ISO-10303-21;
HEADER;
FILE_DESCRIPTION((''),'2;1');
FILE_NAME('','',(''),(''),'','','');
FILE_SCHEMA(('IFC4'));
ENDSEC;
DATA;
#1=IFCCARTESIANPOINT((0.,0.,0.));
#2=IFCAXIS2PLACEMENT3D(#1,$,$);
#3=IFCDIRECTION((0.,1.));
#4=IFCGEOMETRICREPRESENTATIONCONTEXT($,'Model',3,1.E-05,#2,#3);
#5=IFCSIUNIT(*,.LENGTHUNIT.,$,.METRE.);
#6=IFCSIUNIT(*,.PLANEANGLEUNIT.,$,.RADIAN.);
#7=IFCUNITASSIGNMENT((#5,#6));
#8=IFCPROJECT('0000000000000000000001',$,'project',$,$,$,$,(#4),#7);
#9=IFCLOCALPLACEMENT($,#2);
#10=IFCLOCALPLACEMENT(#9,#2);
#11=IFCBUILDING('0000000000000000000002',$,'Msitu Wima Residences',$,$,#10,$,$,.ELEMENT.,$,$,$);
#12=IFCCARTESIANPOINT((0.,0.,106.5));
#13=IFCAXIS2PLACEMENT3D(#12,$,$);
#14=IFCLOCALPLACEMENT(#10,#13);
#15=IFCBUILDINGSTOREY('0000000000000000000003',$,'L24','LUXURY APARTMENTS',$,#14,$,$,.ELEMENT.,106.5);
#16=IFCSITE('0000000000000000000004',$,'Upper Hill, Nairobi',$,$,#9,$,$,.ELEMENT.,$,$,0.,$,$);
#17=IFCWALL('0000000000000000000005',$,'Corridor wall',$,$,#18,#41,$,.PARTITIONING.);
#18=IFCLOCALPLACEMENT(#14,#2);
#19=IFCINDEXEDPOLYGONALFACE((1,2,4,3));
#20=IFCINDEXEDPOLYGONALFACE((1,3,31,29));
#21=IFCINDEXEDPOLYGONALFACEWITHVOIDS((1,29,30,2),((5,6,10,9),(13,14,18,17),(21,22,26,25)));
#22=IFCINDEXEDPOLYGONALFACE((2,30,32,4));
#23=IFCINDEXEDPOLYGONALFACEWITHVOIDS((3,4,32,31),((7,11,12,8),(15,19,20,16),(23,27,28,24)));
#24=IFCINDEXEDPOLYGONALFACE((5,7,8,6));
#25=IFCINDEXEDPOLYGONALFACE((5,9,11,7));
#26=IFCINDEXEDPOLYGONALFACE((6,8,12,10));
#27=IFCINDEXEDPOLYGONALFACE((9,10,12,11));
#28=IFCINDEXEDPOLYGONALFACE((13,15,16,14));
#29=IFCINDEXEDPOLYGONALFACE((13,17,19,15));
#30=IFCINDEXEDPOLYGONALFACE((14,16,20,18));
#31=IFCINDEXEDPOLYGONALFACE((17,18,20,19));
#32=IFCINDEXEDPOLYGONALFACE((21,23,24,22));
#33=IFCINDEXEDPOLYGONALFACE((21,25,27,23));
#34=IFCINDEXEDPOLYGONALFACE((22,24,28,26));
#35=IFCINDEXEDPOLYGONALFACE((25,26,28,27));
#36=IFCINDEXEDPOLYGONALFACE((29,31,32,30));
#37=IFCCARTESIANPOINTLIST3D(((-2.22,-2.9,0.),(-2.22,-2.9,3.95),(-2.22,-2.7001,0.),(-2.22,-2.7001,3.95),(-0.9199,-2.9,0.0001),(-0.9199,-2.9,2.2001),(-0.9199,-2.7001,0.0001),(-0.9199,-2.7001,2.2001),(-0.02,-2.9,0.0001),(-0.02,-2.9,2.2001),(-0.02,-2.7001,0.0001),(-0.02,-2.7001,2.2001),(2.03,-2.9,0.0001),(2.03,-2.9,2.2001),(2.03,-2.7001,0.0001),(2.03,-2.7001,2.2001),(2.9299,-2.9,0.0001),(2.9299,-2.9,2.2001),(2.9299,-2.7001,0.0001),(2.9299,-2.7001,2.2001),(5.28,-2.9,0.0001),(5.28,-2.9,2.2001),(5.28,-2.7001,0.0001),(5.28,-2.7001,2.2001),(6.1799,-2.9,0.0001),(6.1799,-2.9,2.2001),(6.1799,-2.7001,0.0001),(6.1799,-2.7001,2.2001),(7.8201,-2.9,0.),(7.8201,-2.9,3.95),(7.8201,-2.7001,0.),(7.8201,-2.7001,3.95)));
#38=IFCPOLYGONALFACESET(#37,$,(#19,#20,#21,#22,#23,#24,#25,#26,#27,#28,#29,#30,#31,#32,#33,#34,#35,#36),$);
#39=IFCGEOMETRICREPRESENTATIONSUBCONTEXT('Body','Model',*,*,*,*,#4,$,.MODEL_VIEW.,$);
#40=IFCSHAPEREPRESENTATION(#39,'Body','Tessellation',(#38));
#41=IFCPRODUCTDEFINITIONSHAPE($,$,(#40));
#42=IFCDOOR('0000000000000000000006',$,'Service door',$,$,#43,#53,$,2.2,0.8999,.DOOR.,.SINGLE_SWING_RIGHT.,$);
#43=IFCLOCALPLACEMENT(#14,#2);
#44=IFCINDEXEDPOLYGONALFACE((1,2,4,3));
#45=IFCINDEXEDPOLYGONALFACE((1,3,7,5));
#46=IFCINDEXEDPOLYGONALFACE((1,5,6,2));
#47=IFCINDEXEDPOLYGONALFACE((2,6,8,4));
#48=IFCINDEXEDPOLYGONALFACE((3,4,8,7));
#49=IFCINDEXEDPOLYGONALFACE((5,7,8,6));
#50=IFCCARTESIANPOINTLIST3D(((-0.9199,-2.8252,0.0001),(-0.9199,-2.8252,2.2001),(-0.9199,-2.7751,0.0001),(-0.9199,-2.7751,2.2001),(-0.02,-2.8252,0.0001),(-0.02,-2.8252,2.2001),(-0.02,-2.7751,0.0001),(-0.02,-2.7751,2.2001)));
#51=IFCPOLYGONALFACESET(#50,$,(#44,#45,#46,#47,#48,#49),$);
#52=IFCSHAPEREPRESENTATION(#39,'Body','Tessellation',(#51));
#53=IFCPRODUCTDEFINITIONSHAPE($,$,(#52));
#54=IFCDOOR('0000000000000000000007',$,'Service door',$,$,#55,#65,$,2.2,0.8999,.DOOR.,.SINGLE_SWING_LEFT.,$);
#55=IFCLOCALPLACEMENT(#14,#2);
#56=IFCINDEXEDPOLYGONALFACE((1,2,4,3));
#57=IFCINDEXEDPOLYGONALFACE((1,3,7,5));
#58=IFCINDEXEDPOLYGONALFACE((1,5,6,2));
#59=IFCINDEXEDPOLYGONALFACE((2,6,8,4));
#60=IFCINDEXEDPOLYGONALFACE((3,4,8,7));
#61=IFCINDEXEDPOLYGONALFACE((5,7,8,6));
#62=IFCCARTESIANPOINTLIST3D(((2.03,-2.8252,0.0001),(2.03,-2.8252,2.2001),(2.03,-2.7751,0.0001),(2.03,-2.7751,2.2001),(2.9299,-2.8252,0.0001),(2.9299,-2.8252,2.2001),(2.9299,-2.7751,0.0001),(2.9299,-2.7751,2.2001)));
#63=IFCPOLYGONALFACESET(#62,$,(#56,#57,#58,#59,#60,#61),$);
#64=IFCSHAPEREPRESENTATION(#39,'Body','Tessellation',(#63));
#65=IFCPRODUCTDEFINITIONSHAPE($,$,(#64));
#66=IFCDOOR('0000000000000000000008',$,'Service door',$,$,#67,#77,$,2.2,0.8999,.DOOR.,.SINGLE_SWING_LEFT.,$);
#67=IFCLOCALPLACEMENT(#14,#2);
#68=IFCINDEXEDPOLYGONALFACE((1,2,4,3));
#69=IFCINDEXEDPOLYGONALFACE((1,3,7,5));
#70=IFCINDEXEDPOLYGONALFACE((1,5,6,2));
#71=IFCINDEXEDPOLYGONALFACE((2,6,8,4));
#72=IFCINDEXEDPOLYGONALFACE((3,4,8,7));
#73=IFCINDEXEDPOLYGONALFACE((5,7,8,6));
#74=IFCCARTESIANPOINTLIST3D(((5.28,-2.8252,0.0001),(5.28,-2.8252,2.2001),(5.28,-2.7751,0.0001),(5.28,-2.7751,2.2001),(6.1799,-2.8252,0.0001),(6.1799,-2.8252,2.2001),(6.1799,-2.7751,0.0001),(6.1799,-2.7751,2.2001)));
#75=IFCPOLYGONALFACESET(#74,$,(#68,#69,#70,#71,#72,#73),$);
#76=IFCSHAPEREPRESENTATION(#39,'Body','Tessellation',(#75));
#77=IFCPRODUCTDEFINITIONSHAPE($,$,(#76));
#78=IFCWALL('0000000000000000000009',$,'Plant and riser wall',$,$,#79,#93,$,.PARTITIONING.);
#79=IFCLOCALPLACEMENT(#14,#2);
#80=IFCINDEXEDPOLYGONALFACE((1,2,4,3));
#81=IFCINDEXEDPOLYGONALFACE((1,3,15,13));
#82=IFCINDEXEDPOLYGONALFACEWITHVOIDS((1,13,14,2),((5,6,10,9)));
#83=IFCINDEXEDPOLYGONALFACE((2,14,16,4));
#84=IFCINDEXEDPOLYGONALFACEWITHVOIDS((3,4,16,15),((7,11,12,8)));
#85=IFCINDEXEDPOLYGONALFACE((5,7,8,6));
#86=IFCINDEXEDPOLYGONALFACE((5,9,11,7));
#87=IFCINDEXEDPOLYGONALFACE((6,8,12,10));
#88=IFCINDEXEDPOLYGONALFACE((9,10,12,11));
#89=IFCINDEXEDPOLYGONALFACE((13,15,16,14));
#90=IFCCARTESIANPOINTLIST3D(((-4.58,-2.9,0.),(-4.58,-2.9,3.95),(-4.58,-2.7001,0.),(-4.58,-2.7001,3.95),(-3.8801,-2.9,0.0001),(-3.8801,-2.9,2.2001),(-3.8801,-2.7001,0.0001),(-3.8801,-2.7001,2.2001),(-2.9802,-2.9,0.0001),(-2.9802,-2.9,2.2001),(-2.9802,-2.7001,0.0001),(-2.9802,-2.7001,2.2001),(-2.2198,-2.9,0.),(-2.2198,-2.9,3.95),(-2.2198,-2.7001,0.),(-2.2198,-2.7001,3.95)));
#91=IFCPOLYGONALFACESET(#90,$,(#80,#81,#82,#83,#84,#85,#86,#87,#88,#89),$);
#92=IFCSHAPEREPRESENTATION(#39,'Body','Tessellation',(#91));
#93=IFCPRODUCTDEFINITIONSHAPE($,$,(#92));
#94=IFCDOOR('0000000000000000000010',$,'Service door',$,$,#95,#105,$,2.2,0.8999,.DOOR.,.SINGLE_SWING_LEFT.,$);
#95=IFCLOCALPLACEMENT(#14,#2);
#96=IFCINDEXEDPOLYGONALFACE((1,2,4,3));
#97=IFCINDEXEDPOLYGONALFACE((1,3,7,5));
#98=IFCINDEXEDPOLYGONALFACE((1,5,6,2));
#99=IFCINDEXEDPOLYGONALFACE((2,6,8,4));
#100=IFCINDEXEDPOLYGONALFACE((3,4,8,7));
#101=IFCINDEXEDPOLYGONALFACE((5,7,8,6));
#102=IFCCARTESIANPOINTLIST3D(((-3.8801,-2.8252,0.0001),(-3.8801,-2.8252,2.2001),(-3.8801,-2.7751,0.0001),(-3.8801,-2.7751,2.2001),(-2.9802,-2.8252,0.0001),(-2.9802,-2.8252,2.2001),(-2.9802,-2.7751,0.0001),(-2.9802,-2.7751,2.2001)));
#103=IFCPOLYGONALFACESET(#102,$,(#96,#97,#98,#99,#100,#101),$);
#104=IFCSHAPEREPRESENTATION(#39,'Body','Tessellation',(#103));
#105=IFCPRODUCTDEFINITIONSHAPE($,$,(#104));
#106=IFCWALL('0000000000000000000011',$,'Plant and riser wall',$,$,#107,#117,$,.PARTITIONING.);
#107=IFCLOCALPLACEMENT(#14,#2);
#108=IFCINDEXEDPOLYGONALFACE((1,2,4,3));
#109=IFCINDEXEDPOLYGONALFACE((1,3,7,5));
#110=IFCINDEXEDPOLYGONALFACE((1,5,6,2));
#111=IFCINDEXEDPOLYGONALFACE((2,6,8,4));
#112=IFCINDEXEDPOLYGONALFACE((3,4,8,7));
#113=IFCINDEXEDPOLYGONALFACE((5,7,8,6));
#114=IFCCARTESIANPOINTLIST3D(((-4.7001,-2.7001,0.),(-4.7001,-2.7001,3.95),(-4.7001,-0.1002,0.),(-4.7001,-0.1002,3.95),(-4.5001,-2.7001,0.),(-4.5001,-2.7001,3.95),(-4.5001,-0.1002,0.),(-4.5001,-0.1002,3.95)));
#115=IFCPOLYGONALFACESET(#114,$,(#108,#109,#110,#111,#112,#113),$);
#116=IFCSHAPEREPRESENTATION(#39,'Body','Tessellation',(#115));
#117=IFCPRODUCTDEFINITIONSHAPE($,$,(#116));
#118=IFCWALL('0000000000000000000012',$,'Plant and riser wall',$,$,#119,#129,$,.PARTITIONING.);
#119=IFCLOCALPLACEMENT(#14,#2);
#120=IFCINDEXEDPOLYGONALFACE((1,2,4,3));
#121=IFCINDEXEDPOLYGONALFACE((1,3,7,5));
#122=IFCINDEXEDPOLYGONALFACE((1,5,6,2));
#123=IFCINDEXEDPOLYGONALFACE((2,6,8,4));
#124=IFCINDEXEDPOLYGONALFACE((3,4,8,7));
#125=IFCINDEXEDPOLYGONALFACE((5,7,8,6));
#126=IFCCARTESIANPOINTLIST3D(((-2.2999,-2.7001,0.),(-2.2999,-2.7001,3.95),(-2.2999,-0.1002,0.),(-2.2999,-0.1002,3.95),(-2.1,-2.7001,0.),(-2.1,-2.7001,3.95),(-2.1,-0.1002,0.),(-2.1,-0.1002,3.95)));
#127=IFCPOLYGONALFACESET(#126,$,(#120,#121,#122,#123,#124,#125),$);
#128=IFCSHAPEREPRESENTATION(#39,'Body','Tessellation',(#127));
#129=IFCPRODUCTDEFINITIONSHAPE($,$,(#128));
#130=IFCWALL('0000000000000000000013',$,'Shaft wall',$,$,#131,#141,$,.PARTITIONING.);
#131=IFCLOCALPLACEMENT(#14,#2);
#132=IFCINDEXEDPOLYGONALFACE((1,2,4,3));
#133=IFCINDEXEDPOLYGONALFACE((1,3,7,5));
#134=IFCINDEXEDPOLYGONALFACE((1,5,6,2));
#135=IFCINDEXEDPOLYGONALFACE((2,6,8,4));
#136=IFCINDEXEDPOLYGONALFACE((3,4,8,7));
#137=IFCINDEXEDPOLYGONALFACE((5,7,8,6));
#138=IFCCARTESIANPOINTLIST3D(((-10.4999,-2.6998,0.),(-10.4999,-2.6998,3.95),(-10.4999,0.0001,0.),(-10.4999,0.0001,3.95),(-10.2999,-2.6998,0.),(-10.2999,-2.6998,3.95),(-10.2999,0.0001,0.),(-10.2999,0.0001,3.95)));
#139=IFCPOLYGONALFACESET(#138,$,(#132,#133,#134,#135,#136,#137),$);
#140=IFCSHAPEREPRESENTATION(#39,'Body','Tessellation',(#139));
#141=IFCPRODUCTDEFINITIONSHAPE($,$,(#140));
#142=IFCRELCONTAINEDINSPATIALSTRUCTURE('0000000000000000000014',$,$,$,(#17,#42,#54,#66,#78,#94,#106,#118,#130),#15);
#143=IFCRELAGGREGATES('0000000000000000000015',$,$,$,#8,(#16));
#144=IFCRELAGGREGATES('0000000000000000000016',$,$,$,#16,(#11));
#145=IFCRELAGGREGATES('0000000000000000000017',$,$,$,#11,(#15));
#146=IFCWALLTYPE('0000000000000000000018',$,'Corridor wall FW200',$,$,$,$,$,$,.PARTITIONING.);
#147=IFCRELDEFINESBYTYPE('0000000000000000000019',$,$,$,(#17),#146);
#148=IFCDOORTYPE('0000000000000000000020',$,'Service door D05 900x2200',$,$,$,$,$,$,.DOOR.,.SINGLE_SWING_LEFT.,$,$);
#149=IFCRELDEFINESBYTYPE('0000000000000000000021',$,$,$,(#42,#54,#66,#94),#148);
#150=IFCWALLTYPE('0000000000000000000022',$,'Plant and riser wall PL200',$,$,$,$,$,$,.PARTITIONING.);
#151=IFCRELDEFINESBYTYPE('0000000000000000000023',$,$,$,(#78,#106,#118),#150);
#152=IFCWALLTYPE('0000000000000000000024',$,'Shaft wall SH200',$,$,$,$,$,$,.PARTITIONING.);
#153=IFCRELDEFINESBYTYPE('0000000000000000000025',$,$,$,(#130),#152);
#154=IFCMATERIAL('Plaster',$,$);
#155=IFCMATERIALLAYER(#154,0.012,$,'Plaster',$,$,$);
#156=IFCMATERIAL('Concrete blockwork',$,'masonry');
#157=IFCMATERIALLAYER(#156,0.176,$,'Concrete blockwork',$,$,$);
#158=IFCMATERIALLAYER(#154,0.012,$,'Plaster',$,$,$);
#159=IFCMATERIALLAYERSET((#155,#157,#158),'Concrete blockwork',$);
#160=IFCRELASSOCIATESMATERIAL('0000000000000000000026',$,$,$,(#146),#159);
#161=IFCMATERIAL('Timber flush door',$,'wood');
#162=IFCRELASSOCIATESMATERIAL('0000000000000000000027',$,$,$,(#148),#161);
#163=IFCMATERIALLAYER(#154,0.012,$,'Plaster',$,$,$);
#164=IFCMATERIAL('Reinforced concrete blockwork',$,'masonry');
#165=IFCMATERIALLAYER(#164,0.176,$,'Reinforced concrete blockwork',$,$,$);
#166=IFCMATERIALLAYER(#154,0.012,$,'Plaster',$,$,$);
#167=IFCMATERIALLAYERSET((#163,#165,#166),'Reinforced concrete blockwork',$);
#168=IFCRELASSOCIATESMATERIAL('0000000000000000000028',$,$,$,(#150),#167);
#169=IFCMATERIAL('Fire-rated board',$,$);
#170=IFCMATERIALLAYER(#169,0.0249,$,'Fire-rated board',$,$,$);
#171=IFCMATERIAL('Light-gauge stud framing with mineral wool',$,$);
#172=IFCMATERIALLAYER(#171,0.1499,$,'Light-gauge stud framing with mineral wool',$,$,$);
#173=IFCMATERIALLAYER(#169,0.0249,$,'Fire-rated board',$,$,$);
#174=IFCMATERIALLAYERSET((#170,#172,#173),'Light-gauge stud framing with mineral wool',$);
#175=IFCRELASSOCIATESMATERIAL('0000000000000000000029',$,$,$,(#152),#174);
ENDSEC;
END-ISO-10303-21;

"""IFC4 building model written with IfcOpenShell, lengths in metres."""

from ifc_helpers import new_model, si_unit, direction, frame, frame_2d, origin, place, context, subcontext, project, spatial, rectangle, extrude, material, layer, layer_set, type_object, element, fill, save


model = new_model("IFC4")

# Units and contexts
model_context = context("Model", 3, precision=1e-05, world=origin(), true_north=direction((0.0, 1.0)))
body_context = subcontext(model_context, "Body", "Model", "MODEL_VIEW")
ifc_project = project(units=[si_unit("LENGTHUNIT", "METRE"), si_unit("PLANEANGLEUNIT", "RADIAN")], contexts=[model_context])

# Site, building, storey
site_placement = place(None, origin())
site = spatial("IfcSite", under=ifc_project, at=site_placement, Name="Upper Hill, Nairobi", CompositionType="ELEMENT", RefElevation=0.0)
building_placement = place(site_placement, origin())
building = spatial("IfcBuilding", under=site, at=building_placement, Name="Msitu Wima Residences", CompositionType="ELEMENT")
storey_placement = place(building_placement, frame((0.0, 0.0, 106.5)))
storey = spatial("IfcBuildingStorey", under=building, at=storey_placement, Name="L24", Description="LUXURY APARTMENTS", CompositionType="ELEMENT", Elevation=106.5)

# Shared definitions
ifc_material_1 = material(Name="Plaster")
ifc_layer_1 = layer(ifc_material_1, 0.012, Name="Plaster")
ifc_material_2 = material(Name="Concrete blockwork", Category="masonry")
ifc_layer_2 = layer(ifc_material_2, 0.176, Name="Concrete blockwork")
ifc_layer_3 = layer(ifc_material_1, 0.012, Name="Plaster")
ifc_layer_set_1 = layer_set([ifc_layer_1, ifc_layer_2, ifc_layer_3], Name="Concrete blockwork")
wall_type_1 = type_object("IfcWallType", Name="Corridor wall FW200", PredefinedType="PARTITIONING", material=ifc_layer_set_1)
ifc_material_3 = material(Name="Timber flush door", Category="wood")
door_type_1 = type_object("IfcDoorType", Name="Service door D05 900x2200", OperationType="SINGLE_SWING_LEFT", PredefinedType="DOOR", material=ifc_material_3)

# Wall, openings, doors
wall_1_placement = place(storey_placement, frame((-2.22, -2.8, 0.0), z_axis=(0.0, 0.0, 1.0), x_axis=(1.0, 0.0, 0.0)))
wall_1 = element("IfcWall", 1, at=wall_1_placement, inside=storey, type_object=wall_type_1, Name="Corridor wall", PredefinedType="PARTITIONING", context=body_context, shape_type="SweptSolid", body=[
    extrude(rectangle(XDim=10.04, YDim=0.2, at=frame_2d((5.02, 0.0))), origin(), (0.0, 0.0, 1.0), 3.95),
])
opening_1_placement = place(wall_1_placement, frame((1.3, 0.0, 0.0)))
opening_1 = element("IfcOpeningElement", 2, at=opening_1_placement, cuts=wall_1, PredefinedType="OPENING", context=body_context, shape_type="SweptSolid", body=[
    extrude(rectangle(XDim=0.8999, YDim=2.2, at=frame_2d((0.45, 1.1001))), frame((0.0, 0.1099, 0.0), z_axis=(0.0, -1.0, 0.0), x_axis=(1.0, 0.0, 0.0)), (0.0, 0.0, 1.0), 0.22),
])
opening_2_placement = place(wall_1_placement, frame((4.25, 0.0, 0.0)))
opening_2 = element("IfcOpeningElement", 3, at=opening_2_placement, cuts=wall_1, PredefinedType="OPENING", context=body_context, shape_type="SweptSolid", body=[
    extrude(rectangle(XDim=0.8999, YDim=2.2, at=frame_2d((0.45, 1.1001))), frame((0.0, 0.1099, 0.0), z_axis=(0.0, -1.0, 0.0), x_axis=(1.0, 0.0, 0.0)), (0.0, 0.0, 1.0), 0.22),
])
opening_3_placement = place(wall_1_placement, frame((7.5, 0.0, 0.0)))
opening_3 = element("IfcOpeningElement", 4, at=opening_3_placement, cuts=wall_1, PredefinedType="OPENING", context=body_context, shape_type="SweptSolid", body=[
    extrude(rectangle(XDim=0.8999, YDim=2.2, at=frame_2d((0.45, 1.1001))), frame((0.0, 0.1099, 0.0), z_axis=(0.0, -1.0, 0.0), x_axis=(1.0, 0.0, 0.0)), (0.0, 0.0, 1.0), 0.22),
])
door_1_placement = place(opening_1_placement, origin())
door_1 = element("IfcDoor", 5, at=door_1_placement, inside=storey, type_object=door_type_1, Name="Service door", OperationType="SINGLE_SWING_RIGHT", OverallHeight=2.2, OverallWidth=0.8999, PredefinedType="DOOR", context=body_context, shape_type="SweptSolid", body=[
    extrude(rectangle(XDim=0.8999, YDim=2.2, at=frame_2d((0.45, 1.1001))), frame((0.0, 0.0249, 0.0), z_axis=(0.0, -1.0, 0.0), x_axis=(1.0, 0.0, 0.0)), (0.0, 0.0, 1.0), 0.05),
])
fill(opening_1, door_1)
door_2_placement = place(opening_2_placement, origin())
door_2 = element("IfcDoor", 6, at=door_2_placement, inside=storey, type_object=door_type_1, Name="Service door", OperationType="SINGLE_SWING_LEFT", OverallHeight=2.2, OverallWidth=0.8999, PredefinedType="DOOR", context=body_context, shape_type="SweptSolid", body=[
    extrude(rectangle(XDim=0.8999, YDim=2.2, at=frame_2d((0.45, 1.1001))), frame((0.0, 0.0249, 0.0), z_axis=(0.0, -1.0, 0.0), x_axis=(1.0, 0.0, 0.0)), (0.0, 0.0, 1.0), 0.05),
])
fill(opening_2, door_2)
door_3_placement = place(opening_3_placement, origin())
door_3 = element("IfcDoor", 7, at=door_3_placement, inside=storey, type_object=door_type_1, Name="Service door", OperationType="SINGLE_SWING_LEFT", OverallHeight=2.2, OverallWidth=0.8999, PredefinedType="DOOR", context=body_context, shape_type="SweptSolid", body=[
    extrude(rectangle(XDim=0.8999, YDim=2.2, at=frame_2d((0.45, 1.1001))), frame((0.0, 0.0249, 0.0), z_axis=(0.0, -1.0, 0.0), x_axis=(1.0, 0.0, 0.0)), (0.0, 0.0, 1.0), 0.05),
])
fill(opening_3, door_3)

# Wall, opening, door
ifc_layer_4 = layer(ifc_material_1, 0.012, Name="Plaster")
ifc_material_4 = material(Name="Reinforced concrete blockwork", Category="masonry")
ifc_layer_5 = layer(ifc_material_4, 0.176, Name="Reinforced concrete blockwork")
ifc_layer_6 = layer(ifc_material_1, 0.012, Name="Plaster")
ifc_layer_set_2 = layer_set([ifc_layer_4, ifc_layer_5, ifc_layer_6], Name="Reinforced concrete blockwork")
wall_type_2 = type_object("IfcWallType", Name="Plant and riser wall PL200", PredefinedType="PARTITIONING", material=ifc_layer_set_2)
wall_2_placement = place(storey_placement, frame((-4.5801, -2.8, 0.0), z_axis=(0.0, 0.0, 1.0), x_axis=(1.0, 0.0, 0.0)))
wall_2 = element("IfcWall", 8, at=wall_2_placement, inside=storey, type_object=wall_type_2, Name="Plant and riser wall", PredefinedType="PARTITIONING", context=body_context, shape_type="SweptSolid", body=[
    extrude(rectangle(XDim=2.3601, YDim=0.2, at=frame_2d((1.1802, 0.0))), origin(), (0.0, 0.0, 1.0), 3.95),
])
opening_4_placement = place(wall_2_placement, frame((0.7, 0.0, 0.0)))
opening_4 = element("IfcOpeningElement", 9, at=opening_4_placement, cuts=wall_2, PredefinedType="OPENING", context=body_context, shape_type="SweptSolid", body=[
    extrude(rectangle(XDim=0.8999, YDim=2.2, at=frame_2d((0.45, 1.1001))), frame((0.0, 0.1099, 0.0), z_axis=(0.0, -1.0, 0.0), x_axis=(1.0, 0.0, 0.0)), (0.0, 0.0, 1.0), 0.22),
])
door_4_placement = place(opening_4_placement, origin())
door_4 = element("IfcDoor", 10, at=door_4_placement, inside=storey, type_object=door_type_1, Name="Service door", OperationType="SINGLE_SWING_LEFT", OverallHeight=2.2, OverallWidth=0.8999, PredefinedType="DOOR", context=body_context, shape_type="SweptSolid", body=[
    extrude(rectangle(XDim=0.8999, YDim=2.2, at=frame_2d((0.45, 1.1001))), frame((0.0, 0.0249, 0.0), z_axis=(0.0, -1.0, 0.0), x_axis=(1.0, 0.0, 0.0)), (0.0, 0.0, 1.0), 0.05),
])
fill(opening_4, door_4)

# Walls
for number, where, z_axis, x_axis, name in (
    (11, (-4.6001, -2.7, 0.0), (0.0, 0.0, 1.0), (0.0, 1.0, 0.0), "Plant and riser wall"),
    (12, (-2.2, -2.7, 0.0), (0.0, 0.0, 1.0), (0.0, 1.0, 0.0), "Plant and riser wall"),
):
    element("IfcWall", number, at=place(storey_placement, frame(where, z_axis=z_axis, x_axis=x_axis)), inside=storey, type_object=wall_type_2, Name=name, PredefinedType="PARTITIONING", context=body_context, shape_type="SweptSolid", body=[
        extrude(rectangle(XDim=2.5999, YDim=0.2, at=frame_2d((1.2998, 0.0))), origin(), (0.0, 0.0, 1.0), 3.95),
    ])
ifc_material_5 = material(Name="Fire-rated board")
ifc_layer_7 = layer(ifc_material_5, 0.0249, Name="Fire-rated board")
ifc_material_6 = material(Name="Light-gauge stud framing with mineral wool")
ifc_layer_8 = layer(ifc_material_6, 0.1499, Name="Light-gauge stud framing with mineral wool")
ifc_layer_9 = layer(ifc_material_5, 0.0249, Name="Fire-rated board")
ifc_layer_set_3 = layer_set([ifc_layer_7, ifc_layer_8, ifc_layer_9], Name="Light-gauge stud framing with mineral wool")
wall_type_3 = type_object("IfcWallType", Name="Shaft wall SH200", PredefinedType="PARTITIONING", material=ifc_layer_set_3)
wall_3_placement = place(storey_placement, frame((-10.3999, -2.7, 0.0), z_axis=(0.0, 0.0, 1.0), x_axis=(0.0, 1.0, 0.0)))
element("IfcWall", 13, at=wall_3_placement, inside=storey, type_object=wall_type_3, Name="Shaft wall", PredefinedType="PARTITIONING", context=body_context, shape_type="SweptSolid", body=[
    extrude(rectangle(XDim=2.7, YDim=0.2, at=frame_2d((1.3501, 0.0))), origin(), (0.0, 0.0, 1.0), 3.95),
])

save(model, "model.ifc")
